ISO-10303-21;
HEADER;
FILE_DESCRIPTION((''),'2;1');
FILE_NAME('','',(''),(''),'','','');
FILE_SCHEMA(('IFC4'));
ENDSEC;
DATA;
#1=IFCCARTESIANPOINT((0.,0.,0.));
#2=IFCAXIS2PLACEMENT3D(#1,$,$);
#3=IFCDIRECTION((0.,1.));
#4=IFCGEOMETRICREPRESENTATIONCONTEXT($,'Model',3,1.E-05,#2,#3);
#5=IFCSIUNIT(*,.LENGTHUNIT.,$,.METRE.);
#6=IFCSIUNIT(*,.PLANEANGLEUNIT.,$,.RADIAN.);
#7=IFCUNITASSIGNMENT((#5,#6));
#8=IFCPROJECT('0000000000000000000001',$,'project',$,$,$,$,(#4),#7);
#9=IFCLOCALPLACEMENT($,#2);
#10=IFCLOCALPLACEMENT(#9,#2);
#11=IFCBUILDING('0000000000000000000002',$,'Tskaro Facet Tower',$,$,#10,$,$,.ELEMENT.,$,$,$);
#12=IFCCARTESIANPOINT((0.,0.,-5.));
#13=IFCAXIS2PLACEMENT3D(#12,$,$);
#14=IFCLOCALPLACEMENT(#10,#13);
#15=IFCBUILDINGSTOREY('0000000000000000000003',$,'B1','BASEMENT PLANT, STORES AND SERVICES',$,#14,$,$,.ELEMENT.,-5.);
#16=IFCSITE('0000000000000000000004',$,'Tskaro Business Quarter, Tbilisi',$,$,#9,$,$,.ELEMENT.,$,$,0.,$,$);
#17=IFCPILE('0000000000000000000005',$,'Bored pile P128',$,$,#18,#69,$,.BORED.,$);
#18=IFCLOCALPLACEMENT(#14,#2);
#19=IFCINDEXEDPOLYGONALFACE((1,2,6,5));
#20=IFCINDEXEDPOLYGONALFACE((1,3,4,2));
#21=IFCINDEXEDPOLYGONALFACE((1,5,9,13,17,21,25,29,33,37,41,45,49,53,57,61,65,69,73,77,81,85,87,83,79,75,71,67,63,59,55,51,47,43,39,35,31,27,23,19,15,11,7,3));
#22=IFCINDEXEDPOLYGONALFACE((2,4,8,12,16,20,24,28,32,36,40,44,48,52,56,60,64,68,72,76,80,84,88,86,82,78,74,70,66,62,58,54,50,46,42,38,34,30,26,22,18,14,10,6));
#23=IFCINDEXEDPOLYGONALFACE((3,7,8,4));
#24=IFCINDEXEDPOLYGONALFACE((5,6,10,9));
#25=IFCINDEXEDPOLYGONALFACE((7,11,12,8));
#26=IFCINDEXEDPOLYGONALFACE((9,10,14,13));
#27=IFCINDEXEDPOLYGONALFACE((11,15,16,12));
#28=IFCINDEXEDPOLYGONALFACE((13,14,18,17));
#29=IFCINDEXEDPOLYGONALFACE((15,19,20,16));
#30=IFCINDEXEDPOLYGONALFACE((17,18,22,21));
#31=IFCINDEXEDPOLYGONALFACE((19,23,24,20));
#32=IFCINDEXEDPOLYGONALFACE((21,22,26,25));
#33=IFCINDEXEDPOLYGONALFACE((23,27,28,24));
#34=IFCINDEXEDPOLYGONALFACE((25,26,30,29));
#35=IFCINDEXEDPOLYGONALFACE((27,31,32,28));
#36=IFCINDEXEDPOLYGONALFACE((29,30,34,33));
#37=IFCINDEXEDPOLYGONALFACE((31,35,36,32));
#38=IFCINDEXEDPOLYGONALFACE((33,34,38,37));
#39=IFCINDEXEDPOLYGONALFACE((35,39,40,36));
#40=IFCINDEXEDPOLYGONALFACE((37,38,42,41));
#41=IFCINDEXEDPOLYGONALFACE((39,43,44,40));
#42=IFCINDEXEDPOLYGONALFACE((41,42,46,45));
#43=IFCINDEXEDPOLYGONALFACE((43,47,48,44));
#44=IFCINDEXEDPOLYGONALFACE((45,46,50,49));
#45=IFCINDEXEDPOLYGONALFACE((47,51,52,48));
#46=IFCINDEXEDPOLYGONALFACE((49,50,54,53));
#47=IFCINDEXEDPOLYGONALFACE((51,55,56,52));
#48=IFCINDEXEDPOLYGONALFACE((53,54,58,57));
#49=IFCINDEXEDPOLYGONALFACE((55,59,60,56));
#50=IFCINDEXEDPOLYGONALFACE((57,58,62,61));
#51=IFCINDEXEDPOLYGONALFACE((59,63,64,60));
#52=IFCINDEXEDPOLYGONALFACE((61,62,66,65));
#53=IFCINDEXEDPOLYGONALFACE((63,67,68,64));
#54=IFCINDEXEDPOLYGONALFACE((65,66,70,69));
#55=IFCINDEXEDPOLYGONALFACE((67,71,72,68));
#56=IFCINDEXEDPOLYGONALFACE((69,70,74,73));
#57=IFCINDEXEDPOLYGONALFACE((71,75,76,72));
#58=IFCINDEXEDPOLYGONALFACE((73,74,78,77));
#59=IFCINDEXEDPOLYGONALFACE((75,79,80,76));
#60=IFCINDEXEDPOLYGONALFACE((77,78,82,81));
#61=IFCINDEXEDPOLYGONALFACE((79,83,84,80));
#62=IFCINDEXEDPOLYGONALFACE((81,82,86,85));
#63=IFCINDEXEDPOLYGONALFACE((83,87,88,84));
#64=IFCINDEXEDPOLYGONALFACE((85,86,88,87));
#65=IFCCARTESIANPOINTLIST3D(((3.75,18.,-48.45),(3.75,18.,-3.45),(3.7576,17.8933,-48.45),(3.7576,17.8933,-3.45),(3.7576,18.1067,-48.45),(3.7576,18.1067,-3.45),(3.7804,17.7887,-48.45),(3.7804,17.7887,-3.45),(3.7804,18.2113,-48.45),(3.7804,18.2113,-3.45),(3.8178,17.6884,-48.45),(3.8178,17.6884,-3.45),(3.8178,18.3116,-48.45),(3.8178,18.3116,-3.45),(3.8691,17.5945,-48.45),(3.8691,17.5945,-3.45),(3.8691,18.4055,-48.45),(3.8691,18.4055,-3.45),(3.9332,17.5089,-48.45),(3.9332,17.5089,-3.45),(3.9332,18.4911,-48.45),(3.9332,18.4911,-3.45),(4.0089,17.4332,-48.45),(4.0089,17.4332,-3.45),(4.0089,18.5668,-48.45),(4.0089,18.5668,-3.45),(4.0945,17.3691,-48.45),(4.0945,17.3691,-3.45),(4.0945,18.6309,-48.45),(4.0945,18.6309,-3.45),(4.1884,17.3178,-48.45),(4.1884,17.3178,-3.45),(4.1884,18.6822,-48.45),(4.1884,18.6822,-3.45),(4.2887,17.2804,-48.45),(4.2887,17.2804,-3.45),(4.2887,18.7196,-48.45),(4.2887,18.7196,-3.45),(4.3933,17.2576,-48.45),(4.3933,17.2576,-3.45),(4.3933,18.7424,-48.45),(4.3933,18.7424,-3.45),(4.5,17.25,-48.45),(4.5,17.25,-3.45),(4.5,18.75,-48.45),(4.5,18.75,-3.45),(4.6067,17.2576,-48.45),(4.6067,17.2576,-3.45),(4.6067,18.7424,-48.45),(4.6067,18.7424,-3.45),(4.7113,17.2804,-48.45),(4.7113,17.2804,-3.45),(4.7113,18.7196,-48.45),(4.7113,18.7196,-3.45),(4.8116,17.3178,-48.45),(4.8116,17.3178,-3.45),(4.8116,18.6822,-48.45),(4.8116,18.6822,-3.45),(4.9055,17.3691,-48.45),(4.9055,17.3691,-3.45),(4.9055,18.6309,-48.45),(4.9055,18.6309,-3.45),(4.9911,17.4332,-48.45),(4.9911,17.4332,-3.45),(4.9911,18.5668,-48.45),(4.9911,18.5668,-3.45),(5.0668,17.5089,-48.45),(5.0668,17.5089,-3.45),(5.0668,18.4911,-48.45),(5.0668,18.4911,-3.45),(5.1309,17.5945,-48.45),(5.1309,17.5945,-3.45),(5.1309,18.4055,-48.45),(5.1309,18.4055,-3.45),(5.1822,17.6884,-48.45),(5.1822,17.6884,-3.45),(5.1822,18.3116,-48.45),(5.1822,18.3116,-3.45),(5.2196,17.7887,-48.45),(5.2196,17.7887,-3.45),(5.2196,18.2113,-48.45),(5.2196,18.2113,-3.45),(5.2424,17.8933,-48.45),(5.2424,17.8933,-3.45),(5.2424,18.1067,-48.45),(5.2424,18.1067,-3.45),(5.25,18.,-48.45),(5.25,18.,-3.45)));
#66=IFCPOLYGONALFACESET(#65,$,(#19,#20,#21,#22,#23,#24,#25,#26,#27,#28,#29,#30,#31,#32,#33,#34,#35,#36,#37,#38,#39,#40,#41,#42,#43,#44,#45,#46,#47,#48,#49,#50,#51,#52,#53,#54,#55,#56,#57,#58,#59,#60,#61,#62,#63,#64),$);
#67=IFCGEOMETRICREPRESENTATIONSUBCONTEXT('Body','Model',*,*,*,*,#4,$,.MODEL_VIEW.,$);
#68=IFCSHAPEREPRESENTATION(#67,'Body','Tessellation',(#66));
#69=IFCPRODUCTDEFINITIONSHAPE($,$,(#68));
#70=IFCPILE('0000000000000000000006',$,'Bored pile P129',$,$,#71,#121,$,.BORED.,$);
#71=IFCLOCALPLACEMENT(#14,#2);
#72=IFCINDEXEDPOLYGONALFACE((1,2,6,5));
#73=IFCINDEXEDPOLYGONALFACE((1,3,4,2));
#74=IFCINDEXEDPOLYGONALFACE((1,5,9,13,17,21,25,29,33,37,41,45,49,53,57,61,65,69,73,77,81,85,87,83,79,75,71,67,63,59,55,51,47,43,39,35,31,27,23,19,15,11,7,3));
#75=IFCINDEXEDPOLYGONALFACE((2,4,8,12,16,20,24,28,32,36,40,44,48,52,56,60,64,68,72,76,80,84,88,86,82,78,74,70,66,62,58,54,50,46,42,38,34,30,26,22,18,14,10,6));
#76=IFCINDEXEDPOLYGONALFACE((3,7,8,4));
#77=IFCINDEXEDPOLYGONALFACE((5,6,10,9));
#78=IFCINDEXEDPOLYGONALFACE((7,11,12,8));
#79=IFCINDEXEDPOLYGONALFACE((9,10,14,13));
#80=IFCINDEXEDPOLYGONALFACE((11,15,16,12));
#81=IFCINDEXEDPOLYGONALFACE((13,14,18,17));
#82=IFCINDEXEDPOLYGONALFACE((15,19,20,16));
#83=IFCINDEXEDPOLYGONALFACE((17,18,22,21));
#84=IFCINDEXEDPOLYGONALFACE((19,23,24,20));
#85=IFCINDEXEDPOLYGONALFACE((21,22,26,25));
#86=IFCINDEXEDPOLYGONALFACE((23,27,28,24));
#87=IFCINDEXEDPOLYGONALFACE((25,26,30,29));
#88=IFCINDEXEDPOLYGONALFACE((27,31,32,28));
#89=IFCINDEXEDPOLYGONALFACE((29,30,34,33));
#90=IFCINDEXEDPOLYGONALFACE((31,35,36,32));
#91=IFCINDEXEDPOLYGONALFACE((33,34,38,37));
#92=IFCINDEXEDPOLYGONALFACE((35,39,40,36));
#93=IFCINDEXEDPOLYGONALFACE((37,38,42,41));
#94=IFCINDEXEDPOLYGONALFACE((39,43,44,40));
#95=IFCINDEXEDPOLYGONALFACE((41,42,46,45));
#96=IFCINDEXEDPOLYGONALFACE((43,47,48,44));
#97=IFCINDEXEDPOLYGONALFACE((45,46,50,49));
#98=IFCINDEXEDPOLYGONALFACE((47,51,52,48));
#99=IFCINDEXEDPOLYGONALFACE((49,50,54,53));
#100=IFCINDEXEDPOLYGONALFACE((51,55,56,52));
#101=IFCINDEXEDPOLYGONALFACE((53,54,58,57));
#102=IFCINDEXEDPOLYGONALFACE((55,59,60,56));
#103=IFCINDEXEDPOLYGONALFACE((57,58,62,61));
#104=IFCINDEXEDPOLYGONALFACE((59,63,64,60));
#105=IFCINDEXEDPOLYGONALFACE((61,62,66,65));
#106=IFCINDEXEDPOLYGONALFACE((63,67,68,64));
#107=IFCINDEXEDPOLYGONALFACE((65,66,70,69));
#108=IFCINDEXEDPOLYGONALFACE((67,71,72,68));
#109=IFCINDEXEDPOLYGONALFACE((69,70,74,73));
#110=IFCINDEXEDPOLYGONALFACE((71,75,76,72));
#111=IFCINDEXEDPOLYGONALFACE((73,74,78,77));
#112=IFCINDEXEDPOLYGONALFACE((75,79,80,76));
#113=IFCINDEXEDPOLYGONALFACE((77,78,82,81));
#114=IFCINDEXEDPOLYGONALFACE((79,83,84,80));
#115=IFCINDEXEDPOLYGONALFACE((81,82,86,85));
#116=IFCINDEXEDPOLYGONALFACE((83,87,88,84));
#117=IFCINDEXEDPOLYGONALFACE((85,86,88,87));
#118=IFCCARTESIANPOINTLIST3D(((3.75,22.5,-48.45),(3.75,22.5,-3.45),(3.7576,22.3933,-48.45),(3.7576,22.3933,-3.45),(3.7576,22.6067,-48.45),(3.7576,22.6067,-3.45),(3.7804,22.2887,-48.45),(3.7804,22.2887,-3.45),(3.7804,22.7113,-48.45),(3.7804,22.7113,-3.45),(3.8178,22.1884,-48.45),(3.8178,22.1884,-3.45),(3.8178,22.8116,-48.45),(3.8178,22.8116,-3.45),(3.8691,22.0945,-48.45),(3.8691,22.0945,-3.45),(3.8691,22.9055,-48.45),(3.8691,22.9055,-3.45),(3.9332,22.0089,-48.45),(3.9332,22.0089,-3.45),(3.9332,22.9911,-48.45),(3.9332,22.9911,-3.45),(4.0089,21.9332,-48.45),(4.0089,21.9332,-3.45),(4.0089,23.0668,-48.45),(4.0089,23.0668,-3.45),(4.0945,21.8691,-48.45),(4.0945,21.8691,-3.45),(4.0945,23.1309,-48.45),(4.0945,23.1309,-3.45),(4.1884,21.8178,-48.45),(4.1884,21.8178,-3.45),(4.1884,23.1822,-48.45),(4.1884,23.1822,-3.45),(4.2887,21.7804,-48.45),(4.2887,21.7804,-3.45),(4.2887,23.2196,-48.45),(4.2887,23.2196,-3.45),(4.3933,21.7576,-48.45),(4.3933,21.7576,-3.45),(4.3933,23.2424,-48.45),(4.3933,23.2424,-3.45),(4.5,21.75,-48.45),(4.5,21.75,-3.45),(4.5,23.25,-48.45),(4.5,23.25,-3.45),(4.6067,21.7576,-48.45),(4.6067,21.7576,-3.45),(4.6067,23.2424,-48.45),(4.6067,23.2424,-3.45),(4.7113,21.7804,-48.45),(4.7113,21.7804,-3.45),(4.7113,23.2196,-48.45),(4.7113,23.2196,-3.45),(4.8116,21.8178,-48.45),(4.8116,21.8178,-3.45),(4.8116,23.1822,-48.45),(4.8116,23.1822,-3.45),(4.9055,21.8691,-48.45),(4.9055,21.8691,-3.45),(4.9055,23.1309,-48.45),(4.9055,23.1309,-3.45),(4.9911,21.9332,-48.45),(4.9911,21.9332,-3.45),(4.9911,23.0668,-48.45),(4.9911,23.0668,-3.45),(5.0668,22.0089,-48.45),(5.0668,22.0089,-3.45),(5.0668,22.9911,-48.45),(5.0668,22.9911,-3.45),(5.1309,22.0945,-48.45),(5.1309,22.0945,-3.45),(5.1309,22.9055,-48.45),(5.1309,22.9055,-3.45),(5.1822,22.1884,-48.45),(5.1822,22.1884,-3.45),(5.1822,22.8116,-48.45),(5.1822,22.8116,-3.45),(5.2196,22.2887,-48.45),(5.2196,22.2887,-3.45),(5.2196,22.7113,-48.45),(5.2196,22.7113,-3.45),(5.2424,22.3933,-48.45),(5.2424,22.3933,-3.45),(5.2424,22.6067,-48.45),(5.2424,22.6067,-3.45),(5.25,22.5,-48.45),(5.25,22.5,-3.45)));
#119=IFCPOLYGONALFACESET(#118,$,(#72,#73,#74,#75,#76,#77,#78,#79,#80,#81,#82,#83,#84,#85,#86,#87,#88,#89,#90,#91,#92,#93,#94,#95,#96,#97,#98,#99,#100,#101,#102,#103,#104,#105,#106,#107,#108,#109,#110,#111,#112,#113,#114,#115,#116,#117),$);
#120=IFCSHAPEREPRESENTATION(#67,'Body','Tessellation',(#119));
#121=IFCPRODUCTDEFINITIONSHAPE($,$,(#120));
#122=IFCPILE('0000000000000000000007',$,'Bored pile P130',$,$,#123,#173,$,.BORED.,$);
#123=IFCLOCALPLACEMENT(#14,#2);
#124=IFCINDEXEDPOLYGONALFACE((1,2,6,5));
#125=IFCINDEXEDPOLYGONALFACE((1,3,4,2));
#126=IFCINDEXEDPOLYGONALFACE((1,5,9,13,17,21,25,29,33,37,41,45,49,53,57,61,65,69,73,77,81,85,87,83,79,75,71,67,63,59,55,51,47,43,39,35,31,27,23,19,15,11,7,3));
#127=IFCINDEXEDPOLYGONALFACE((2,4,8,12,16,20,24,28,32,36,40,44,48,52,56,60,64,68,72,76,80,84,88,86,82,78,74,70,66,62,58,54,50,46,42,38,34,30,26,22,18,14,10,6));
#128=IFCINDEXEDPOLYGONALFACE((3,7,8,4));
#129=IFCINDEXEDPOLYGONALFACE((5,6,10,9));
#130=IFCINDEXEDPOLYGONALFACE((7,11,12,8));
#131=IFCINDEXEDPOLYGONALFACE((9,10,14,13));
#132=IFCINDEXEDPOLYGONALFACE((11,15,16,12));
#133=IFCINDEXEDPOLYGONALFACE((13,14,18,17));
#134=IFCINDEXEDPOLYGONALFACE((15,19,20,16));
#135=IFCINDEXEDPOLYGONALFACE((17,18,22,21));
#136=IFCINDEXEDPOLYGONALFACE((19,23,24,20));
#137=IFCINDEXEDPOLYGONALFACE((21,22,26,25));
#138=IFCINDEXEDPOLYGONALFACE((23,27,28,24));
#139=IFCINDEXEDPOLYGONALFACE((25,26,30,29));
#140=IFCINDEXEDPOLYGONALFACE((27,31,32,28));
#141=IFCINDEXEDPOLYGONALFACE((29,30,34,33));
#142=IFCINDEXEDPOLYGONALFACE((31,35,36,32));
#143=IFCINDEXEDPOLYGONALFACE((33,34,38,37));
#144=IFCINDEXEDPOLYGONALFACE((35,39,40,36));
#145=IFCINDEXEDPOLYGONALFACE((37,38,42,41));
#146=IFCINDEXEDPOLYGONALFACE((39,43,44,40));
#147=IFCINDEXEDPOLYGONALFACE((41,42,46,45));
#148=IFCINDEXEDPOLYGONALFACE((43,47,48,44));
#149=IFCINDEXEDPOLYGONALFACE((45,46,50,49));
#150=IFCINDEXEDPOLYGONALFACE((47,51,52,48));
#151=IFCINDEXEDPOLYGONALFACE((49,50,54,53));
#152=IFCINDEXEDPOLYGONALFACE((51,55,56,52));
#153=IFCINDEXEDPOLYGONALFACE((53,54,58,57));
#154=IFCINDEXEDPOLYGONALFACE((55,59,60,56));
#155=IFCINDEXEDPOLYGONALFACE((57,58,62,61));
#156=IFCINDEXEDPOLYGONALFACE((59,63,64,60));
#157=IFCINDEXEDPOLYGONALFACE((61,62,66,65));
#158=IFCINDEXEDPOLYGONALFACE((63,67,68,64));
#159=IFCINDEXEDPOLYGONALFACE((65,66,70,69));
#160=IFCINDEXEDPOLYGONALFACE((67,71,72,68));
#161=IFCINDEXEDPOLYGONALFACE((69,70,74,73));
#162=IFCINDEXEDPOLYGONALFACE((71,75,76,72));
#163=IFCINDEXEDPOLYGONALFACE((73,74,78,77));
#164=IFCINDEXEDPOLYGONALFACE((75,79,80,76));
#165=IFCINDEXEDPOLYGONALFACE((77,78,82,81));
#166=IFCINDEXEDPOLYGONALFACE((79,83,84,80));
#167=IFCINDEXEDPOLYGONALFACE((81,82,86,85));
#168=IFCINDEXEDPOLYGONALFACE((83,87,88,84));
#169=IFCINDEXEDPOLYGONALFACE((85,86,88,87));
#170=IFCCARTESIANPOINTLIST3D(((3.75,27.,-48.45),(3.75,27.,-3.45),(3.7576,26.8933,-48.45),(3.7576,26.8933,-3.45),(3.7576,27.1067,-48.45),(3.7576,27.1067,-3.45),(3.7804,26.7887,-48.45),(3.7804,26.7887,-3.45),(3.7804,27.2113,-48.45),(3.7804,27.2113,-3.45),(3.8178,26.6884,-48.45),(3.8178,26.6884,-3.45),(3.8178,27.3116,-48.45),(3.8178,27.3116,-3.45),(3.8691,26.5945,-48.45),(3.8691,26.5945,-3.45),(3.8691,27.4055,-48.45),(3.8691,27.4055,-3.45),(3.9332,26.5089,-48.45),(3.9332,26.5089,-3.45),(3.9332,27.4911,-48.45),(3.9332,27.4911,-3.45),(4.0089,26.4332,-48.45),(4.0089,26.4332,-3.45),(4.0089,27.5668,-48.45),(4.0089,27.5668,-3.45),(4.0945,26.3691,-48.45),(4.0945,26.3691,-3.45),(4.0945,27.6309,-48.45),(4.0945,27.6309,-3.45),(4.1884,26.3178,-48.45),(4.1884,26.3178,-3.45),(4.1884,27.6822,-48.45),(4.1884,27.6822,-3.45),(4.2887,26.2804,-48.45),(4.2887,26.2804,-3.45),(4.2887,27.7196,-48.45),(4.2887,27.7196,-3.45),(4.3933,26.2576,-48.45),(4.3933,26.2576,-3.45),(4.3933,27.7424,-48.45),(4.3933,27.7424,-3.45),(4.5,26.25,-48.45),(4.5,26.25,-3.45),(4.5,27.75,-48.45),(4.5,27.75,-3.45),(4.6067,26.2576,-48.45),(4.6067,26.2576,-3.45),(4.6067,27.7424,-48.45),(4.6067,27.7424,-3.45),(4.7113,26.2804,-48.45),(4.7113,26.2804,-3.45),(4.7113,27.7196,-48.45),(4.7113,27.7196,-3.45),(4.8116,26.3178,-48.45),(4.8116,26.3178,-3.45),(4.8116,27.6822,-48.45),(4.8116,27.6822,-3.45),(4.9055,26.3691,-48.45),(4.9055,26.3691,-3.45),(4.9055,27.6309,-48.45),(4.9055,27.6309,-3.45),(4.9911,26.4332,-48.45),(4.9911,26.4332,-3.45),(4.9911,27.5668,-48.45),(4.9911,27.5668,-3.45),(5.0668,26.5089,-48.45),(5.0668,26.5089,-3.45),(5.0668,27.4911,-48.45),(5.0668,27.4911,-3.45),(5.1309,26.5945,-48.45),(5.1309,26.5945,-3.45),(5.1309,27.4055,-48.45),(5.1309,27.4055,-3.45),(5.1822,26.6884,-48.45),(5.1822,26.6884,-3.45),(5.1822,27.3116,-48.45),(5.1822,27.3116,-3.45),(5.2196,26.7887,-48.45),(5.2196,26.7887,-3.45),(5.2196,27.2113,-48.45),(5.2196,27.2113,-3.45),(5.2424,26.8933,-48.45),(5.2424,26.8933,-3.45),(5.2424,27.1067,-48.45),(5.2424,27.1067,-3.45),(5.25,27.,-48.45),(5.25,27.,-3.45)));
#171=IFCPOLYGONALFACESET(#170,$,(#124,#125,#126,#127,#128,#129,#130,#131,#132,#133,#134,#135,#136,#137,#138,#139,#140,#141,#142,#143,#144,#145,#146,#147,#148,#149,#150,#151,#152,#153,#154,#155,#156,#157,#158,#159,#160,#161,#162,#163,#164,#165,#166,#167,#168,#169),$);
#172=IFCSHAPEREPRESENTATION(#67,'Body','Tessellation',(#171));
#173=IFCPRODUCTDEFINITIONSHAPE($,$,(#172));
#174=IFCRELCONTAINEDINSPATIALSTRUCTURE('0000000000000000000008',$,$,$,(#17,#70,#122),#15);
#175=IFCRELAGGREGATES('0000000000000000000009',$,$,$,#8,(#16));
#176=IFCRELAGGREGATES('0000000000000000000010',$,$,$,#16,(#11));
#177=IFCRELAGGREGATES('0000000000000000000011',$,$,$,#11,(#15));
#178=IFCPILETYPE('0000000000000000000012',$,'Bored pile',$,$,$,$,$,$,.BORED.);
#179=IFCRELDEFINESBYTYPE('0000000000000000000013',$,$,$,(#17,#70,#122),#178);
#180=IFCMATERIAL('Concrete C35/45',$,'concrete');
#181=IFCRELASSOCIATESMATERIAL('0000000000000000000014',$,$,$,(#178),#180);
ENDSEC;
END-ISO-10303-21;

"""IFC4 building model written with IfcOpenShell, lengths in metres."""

from ifc_helpers import new_model, si_unit, direction, frame, origin, origin_2d, place, context, subcontext, project, spatial, circle, extrude, material, material_profile, profile_set, type_object, element, save


model = new_model("IFC4")

# Units and contexts
model_context = context("Model", 3, precision=1e-05, world=origin(), true_north=direction((0.0, 1.0)))
body_context = subcontext(model_context, "Body", "Model", "MODEL_VIEW")
ifc_project = project(units=[si_unit("LENGTHUNIT", "METRE"), si_unit("PLANEANGLEUNIT", "RADIAN")], contexts=[model_context])

# Site, building, storey
site_placement = place(None, origin())
site = spatial("IfcSite", under=ifc_project, at=site_placement, Name="Tskaro Business Quarter, Tbilisi", CompositionType="ELEMENT", RefElevation=0.0)
building_placement = place(site_placement, origin())
building = spatial("IfcBuilding", under=site, at=building_placement, Name="Tskaro Facet Tower", CompositionType="ELEMENT")
storey_placement = place(building_placement, frame((0.0, 0.0, -5.0)))
storey = spatial("IfcBuildingStorey", under=building, at=storey_placement, Name="B1", Description="BASEMENT PLANT, STORES AND SERVICES", CompositionType="ELEMENT", Elevation=-5.0)

# Piles
ifc_material_1 = material(Name="Concrete C35/45", Category="concrete")
ifc_material_profile_1 = material_profile(ifc_material_1, circle(Radius=0.75, at=origin_2d()), Name="Bored pile")
ifc_profile_set_1 = profile_set([ifc_material_profile_1], Name="Concrete C35/45")
pile_type = type_object("IfcPileType", Name="Bored pile", PredefinedType="BORED", material=ifc_profile_set_1)
for number, where, z_axis, x_axis, name in (
    (1, (4.5, 18.0, -3.45), (0.0, 0.0, -1.0), (1.0, 0.0, 0.0), "Bored pile P128"),
    (2, (4.5, 22.5, -3.45), (0.0, 0.0, -1.0), (1.0, 0.0, 0.0), "Bored pile P129"),
    (3, (4.5, 27.0, -3.45), (0.0, 0.0, -1.0), (1.0, 0.0, 0.0), "Bored pile P130"),
):
    element("IfcPile", number, at=place(storey_placement, frame(where, z_axis=z_axis, x_axis=x_axis)), inside=storey, type_object=pile_type, Name=name, PredefinedType="BORED", context=body_context, shape_type="SweptSolid", body=[
        extrude(circle(Radius=0.75, at=origin_2d()), origin(), (0.0, 0.0, 1.0), 45.0),
    ])

save(model, "model.ifc")
